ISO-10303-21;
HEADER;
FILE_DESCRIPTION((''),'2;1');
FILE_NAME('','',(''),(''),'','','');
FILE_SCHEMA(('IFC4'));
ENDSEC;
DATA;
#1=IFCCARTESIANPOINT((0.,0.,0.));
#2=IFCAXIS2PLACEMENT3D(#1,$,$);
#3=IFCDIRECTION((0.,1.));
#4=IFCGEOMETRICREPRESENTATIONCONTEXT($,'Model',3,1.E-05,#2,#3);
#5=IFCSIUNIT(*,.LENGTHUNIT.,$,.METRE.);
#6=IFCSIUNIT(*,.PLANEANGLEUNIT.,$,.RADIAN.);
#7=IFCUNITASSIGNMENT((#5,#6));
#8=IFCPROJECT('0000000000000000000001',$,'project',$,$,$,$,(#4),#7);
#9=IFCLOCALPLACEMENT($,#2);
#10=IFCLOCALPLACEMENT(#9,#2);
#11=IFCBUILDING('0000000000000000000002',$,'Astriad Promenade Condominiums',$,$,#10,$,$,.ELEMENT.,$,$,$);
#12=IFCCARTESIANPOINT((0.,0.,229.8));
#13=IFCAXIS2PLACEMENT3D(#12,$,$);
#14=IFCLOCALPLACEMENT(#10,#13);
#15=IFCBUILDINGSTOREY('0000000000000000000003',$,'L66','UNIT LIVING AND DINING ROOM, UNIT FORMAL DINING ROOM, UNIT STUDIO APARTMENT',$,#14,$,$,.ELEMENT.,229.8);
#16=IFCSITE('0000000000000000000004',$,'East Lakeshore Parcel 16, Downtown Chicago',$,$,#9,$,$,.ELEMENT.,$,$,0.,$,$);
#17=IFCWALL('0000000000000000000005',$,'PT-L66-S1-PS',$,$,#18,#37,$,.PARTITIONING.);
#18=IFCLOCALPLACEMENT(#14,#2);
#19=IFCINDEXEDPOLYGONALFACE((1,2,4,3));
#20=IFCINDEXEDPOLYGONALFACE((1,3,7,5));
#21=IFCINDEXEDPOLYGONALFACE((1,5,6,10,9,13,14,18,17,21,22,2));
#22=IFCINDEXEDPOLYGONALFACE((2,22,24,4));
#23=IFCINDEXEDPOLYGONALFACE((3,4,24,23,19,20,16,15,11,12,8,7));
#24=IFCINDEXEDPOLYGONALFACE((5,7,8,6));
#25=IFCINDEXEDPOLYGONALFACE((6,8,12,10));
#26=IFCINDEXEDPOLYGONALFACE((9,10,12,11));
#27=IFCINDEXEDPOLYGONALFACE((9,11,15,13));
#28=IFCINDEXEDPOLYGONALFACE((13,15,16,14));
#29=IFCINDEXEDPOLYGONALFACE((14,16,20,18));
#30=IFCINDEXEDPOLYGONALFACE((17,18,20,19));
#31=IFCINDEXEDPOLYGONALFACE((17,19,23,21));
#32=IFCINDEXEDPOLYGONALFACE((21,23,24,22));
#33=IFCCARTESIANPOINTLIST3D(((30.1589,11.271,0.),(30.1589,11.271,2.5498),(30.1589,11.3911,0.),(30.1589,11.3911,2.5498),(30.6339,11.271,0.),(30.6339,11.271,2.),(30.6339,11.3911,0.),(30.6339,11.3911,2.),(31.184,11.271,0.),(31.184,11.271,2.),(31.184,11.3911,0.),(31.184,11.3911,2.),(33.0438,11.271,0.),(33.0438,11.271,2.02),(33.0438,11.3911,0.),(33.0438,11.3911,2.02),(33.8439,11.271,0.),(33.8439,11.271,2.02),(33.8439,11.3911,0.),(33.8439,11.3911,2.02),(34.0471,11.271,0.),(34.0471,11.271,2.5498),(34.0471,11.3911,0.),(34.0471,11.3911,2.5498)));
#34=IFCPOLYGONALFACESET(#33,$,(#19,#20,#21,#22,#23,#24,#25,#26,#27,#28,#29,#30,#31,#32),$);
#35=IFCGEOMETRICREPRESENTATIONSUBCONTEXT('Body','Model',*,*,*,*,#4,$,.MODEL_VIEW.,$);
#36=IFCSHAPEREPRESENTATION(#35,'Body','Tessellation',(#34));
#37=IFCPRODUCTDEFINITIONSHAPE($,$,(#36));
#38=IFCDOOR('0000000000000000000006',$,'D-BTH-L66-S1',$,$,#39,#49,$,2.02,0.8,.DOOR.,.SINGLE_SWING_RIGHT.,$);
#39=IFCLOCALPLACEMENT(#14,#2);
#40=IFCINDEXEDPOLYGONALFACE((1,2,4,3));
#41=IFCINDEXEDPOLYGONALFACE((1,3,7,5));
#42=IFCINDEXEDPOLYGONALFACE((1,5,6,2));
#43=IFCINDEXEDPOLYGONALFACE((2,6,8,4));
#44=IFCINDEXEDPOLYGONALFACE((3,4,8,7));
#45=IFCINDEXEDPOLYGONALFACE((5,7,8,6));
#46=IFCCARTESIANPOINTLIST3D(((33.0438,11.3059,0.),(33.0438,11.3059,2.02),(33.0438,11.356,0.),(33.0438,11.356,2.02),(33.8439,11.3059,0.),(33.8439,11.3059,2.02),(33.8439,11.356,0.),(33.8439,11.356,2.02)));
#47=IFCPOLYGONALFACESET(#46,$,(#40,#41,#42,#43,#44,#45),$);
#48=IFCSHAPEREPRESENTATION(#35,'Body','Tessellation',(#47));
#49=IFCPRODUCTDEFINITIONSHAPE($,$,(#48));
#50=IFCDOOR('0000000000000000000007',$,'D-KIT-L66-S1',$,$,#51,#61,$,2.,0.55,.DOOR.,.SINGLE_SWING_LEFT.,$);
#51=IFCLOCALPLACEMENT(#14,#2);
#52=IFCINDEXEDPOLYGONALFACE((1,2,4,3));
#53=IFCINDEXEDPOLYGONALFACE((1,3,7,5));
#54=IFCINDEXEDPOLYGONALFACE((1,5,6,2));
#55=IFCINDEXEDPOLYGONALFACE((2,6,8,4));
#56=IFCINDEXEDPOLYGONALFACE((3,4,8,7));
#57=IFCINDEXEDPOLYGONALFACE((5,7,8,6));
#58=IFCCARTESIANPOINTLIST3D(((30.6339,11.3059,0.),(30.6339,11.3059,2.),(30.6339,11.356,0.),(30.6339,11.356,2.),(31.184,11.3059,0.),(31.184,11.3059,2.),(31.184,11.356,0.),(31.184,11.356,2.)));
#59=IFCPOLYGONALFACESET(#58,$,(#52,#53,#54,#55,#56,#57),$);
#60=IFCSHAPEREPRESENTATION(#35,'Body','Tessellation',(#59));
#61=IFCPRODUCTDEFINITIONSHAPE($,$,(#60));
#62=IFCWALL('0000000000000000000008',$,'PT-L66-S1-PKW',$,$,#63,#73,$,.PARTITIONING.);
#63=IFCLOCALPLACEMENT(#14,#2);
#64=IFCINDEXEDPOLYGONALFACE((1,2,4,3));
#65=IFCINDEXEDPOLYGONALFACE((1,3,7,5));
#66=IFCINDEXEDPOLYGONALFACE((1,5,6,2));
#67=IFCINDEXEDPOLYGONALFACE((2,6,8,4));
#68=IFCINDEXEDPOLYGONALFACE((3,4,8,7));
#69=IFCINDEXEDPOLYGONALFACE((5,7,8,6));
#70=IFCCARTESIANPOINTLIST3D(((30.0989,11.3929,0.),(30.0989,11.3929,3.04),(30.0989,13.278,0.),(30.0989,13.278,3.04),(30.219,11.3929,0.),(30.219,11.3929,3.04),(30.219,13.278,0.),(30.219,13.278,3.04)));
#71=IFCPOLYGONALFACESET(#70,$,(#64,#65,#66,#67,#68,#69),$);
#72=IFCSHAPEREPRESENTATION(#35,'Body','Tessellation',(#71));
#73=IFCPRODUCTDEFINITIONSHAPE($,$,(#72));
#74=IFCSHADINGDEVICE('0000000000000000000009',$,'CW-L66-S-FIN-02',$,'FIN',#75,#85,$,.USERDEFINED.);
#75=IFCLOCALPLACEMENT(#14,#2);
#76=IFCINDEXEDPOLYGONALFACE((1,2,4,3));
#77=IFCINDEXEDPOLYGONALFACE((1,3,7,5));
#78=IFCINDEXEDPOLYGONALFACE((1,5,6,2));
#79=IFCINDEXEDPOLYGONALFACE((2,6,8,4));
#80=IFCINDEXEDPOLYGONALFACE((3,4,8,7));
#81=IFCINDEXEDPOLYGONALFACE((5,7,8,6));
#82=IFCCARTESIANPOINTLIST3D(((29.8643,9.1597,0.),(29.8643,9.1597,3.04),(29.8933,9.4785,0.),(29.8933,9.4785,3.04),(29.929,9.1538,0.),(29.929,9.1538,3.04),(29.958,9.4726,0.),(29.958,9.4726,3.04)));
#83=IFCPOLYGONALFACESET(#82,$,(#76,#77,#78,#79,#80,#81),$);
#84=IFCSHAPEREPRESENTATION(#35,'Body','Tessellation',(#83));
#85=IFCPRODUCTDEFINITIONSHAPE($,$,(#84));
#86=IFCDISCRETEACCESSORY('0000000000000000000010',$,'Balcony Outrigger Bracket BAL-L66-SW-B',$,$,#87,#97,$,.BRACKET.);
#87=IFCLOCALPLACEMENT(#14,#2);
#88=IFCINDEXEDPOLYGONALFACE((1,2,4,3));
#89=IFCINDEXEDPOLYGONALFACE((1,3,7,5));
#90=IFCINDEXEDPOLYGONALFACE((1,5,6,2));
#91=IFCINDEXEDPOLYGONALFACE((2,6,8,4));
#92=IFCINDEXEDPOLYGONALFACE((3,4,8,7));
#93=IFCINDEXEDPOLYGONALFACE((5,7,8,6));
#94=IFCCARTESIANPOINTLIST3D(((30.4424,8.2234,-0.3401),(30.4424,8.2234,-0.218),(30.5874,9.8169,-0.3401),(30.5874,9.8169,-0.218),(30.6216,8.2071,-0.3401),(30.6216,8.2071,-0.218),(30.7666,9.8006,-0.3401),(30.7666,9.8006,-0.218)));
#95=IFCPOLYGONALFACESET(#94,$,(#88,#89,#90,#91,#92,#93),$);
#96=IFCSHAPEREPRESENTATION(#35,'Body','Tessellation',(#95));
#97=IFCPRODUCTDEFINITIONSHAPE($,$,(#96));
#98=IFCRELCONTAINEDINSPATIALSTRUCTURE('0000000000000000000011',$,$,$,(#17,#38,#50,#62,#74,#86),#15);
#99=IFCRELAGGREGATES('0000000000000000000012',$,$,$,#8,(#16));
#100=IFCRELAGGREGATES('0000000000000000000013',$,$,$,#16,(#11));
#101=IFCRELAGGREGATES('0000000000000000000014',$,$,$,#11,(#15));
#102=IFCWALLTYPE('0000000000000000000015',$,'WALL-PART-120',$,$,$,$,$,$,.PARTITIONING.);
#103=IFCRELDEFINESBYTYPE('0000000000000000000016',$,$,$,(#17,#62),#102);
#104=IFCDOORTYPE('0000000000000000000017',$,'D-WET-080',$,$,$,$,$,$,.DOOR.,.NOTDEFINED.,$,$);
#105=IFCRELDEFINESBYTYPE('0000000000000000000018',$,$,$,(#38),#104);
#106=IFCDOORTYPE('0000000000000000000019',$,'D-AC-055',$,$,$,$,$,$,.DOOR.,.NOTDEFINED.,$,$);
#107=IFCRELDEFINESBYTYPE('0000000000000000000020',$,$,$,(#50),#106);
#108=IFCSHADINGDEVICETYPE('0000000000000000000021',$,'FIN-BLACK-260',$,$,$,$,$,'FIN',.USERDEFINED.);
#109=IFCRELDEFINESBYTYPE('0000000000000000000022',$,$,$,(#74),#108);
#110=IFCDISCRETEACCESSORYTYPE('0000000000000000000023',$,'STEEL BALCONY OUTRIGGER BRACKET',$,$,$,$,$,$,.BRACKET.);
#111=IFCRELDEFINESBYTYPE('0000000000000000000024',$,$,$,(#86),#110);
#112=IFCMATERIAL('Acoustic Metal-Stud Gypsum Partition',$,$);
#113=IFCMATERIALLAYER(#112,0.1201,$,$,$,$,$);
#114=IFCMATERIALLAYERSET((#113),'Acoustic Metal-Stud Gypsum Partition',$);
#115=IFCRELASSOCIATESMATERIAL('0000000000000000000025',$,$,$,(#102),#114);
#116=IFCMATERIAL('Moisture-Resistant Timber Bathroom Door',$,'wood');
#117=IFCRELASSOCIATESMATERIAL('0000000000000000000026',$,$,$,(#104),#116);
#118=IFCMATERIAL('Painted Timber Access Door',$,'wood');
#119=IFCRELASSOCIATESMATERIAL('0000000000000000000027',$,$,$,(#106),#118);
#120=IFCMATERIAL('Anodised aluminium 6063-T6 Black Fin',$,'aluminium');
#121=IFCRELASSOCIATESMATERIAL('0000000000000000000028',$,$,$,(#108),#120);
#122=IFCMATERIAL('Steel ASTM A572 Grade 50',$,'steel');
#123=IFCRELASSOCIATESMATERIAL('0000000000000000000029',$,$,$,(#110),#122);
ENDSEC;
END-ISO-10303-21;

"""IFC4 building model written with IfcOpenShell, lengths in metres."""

from ifc_helpers import new_model, si_unit, direction, frame, frame_2d, origin, origin_2d, place, context, subcontext, project, spatial, rectangle, extrude, source, transform, mapped, material, layer, layer_set, type_object, type_shapes, element, fill, save


model = new_model("IFC4")

# Units and contexts
model_context = context("Model", 3, precision=1e-05, world=origin(), true_north=direction((0.0, 1.0)))
body_context = subcontext(model_context, "Body", "Model", "MODEL_VIEW")
ifc_project = project(units=[si_unit("LENGTHUNIT", "METRE"), si_unit("PLANEANGLEUNIT", "RADIAN")], contexts=[model_context])

# Site, building, storey
site_placement = place(None, origin())
site = spatial("IfcSite", under=ifc_project, at=site_placement, Name="East Lakeshore Parcel 16, Downtown Chicago", CompositionType="ELEMENT", RefElevation=0.0)
building_placement = place(site_placement, origin())
building = spatial("IfcBuilding", under=site, at=building_placement, Name="Astriad Promenade Condominiums", CompositionType="ELEMENT")
storey_placement = place(building_placement, frame((0.0, 0.0, 229.8)))
storey = spatial("IfcBuildingStorey", under=building, at=storey_placement, Name="L66", Description="UNIT LIVING AND DINING ROOM, UNIT FORMAL DINING ROOM, UNIT STUDIO APARTMENT", CompositionType="ELEMENT", Elevation=229.8)

# Wall, openings, doors
ifc_material_1 = material(Name="Acoustic Metal-Stud Gypsum Partition")
ifc_layer_1 = layer(ifc_material_1, 0.1201)
ifc_layer_set_1 = layer_set([ifc_layer_1], Name="Acoustic Metal-Stud Gypsum Partition")
wall_type_1 = type_object("IfcWallType", Name="WALL-PART-120", PredefinedType="PARTITIONING", material=ifc_layer_set_1)
wall_1_placement = place(storey_placement, frame((30.1589, 11.3311, 0.0), z_axis=(0.0, 0.0, 1.0), x_axis=(1.0, 0.0, 0.0)))
wall_1 = element("IfcWall", 1, at=wall_1_placement, inside=storey, type_object=wall_type_1, Name="PT-L66-S1-PS", PredefinedType="PARTITIONING", context=body_context, shape_type="SweptSolid", body=[
    extrude(rectangle(XDim=3.8882, YDim=0.1201, at=frame_2d((1.9441, 0.0))), origin(), (0.0, 0.0, 1.0), 2.5498),
])
opening_1_placement = place(wall_1_placement, frame((0.4751, 0.0, 0.0)))
opening_1 = element("IfcOpeningElement", 2, at=opening_1_placement, cuts=wall_1, PredefinedType="OPENING", context=body_context, shape_type="SweptSolid", body=[
    extrude(rectangle(XDim=0.55, YDim=2.0, at=frame_2d((0.2749, 1.0))), frame((0.0, 0.0701, 0.0), z_axis=(0.0, -1.0, 0.0), x_axis=(1.0, 0.0, 0.0)), (0.0, 0.0, 1.0), 0.1401),
])
opening_2_placement = place(wall_1_placement, frame((2.885, 0.0, 0.0)))
opening_2 = element("IfcOpeningElement", 3, at=opening_2_placement, cuts=wall_1, PredefinedType="OPENING", context=body_context, shape_type="SweptSolid", body=[
    extrude(rectangle(XDim=0.8, YDim=2.02, at=frame_2d((0.3999, 1.01))), frame((0.0, 0.0701, 0.0), z_axis=(0.0, -1.0, 0.0), x_axis=(1.0, 0.0, 0.0)), (0.0, 0.0, 1.0), 0.1401),
])
ifc_material_2 = material(Name="Moisture-Resistant Timber Bathroom Door", Category="wood")
door_type_1 = type_object("IfcDoorType", Name="D-WET-080", OperationType="NOTDEFINED", PredefinedType="DOOR", material=ifc_material_2)
shared_shape_1 = source(origin(), body_context, "Body", "SweptSolid", [
    extrude(rectangle(XDim=0.8, YDim=2.02, at=frame_2d((0.3999, 1.01))), frame((0.0, 0.0249, 0.0), z_axis=(0.0, -1.0, 0.0), x_axis=(1.0, 0.0, 0.0)), (0.0, 0.0, 1.0), 0.05),
])
type_shapes(door_type_1, [shared_shape_1])
door_1_placement = place(opening_2_placement, origin())
door_1 = element("IfcDoor", 4, at=door_1_placement, inside=storey, type_object=door_type_1, Name="D-BTH-L66-S1", OperationType="SINGLE_SWING_RIGHT", OverallHeight=2.02, OverallWidth=0.8, PredefinedType="DOOR", context=body_context, shape_type="MappedRepresentation", body=[
    mapped(shared_shape_1, transform((0.0, 0.0, 0.0), scale=1.0)),
])
fill(opening_2, door_1)
ifc_material_3 = material(Name="Painted Timber Access Door", Category="wood")
door_type_2 = type_object("IfcDoorType", Name="D-AC-055", OperationType="NOTDEFINED", PredefinedType="DOOR", material=ifc_material_3)
shared_shape_2 = source(origin(), body_context, "Body", "SweptSolid", [
    extrude(rectangle(XDim=0.55, YDim=2.0, at=frame_2d((0.2749, 1.0))), frame((0.0, 0.0249, 0.0), z_axis=(0.0, -1.0, 0.0), x_axis=(1.0, 0.0, 0.0)), (0.0, 0.0, 1.0), 0.05),
])
type_shapes(door_type_2, [shared_shape_2])
door_2_placement = place(opening_1_placement, origin())
door_2 = element("IfcDoor", 5, at=door_2_placement, inside=storey, type_object=door_type_2, Name="D-KIT-L66-S1", OperationType="SINGLE_SWING_LEFT", OverallHeight=2.0, OverallWidth=0.55, PredefinedType="DOOR", context=body_context, shape_type="MappedRepresentation", body=[
    mapped(shared_shape_2, transform((0.0, 0.0, 0.0), scale=1.0)),
])
fill(opening_1, door_2)

# Wall
wall_2_placement = place(storey_placement, frame((30.1589, 11.3931, 0.0), z_axis=(0.0, 0.0, 1.0), x_axis=(0.0, 1.0, 0.0)))
element("IfcWall", 6, at=wall_2_placement, inside=storey, type_object=wall_type_1, Name="PT-L66-S1-PKW", PredefinedType="PARTITIONING", context=body_context, shape_type="SweptSolid", body=[
    extrude(rectangle(XDim=1.885, YDim=0.1201, at=frame_2d((0.9424, 0.0))), origin(), (0.0, 0.0, 1.0), 3.04),
])

# Shading device
ifc_material_4 = material(Name="Anodised aluminium 6063-T6 Black Fin", Category="aluminium")
shading_device_type = type_object("IfcShadingDeviceType", Name="FIN-BLACK-260", ElementType="FIN", PredefinedType="USERDEFINED", material=ifc_material_4)
shared_shape_3 = source(origin(), body_context, "Body", "SweptSolid", [
    extrude(rectangle(XDim=0.0649, YDim=0.3201, at=origin_2d()), origin(), (0.0, 0.0, 1.0), 3.04),
])
type_shapes(shading_device_type, [shared_shape_3])
shading_device_placement = place(storey_placement, frame((29.9111, 9.3162, 0.0), z_axis=(0.0, 0.0, 1.0), x_axis=(-0.995884, 0.090633, 0.0)))
element("IfcShadingDevice", 7, at=shading_device_placement, inside=storey, type_object=shading_device_type, Name="CW-L66-S-FIN-02", ObjectType="FIN", PredefinedType="USERDEFINED", context=body_context, shape_type="MappedRepresentation", body=[
    mapped(shared_shape_3, transform((0.0, 0.0, 0.0), scale=1.0)),
])

# Discrete accessory
ifc_material_5 = material(Name="Steel ASTM A572 Grade 50", Category="steel")
discrete_accessory_type = type_object("IfcDiscreteAccessoryType", Name="STEEL BALCONY OUTRIGGER BRACKET", PredefinedType="BRACKET", material=ifc_material_5)
shared_shape_4 = source(origin(), body_context, "Body", "SweptSolid", [
    extrude(rectangle(XDim=1.6001, YDim=0.1799, at=origin_2d()), origin(), (0.0, 0.0, 1.0), 0.1221),
])
type_shapes(discrete_accessory_type, [shared_shape_4])
discrete_accessory_placement = place(storey_placement, frame((30.6045, 9.012, -0.3401), z_axis=(0.0, 0.0, 1.0), x_axis=(-0.090633, -0.995884, 0.0)))
element("IfcDiscreteAccessory", 8, at=discrete_accessory_placement, inside=storey, type_object=discrete_accessory_type, Name="Balcony Outrigger Bracket BAL-L66-SW-B", PredefinedType="BRACKET", context=body_context, shape_type="MappedRepresentation", body=[
    mapped(shared_shape_4, transform((0.0, 0.0, 0.0), scale=1.0)),
])

save(model, "model.ifc")
